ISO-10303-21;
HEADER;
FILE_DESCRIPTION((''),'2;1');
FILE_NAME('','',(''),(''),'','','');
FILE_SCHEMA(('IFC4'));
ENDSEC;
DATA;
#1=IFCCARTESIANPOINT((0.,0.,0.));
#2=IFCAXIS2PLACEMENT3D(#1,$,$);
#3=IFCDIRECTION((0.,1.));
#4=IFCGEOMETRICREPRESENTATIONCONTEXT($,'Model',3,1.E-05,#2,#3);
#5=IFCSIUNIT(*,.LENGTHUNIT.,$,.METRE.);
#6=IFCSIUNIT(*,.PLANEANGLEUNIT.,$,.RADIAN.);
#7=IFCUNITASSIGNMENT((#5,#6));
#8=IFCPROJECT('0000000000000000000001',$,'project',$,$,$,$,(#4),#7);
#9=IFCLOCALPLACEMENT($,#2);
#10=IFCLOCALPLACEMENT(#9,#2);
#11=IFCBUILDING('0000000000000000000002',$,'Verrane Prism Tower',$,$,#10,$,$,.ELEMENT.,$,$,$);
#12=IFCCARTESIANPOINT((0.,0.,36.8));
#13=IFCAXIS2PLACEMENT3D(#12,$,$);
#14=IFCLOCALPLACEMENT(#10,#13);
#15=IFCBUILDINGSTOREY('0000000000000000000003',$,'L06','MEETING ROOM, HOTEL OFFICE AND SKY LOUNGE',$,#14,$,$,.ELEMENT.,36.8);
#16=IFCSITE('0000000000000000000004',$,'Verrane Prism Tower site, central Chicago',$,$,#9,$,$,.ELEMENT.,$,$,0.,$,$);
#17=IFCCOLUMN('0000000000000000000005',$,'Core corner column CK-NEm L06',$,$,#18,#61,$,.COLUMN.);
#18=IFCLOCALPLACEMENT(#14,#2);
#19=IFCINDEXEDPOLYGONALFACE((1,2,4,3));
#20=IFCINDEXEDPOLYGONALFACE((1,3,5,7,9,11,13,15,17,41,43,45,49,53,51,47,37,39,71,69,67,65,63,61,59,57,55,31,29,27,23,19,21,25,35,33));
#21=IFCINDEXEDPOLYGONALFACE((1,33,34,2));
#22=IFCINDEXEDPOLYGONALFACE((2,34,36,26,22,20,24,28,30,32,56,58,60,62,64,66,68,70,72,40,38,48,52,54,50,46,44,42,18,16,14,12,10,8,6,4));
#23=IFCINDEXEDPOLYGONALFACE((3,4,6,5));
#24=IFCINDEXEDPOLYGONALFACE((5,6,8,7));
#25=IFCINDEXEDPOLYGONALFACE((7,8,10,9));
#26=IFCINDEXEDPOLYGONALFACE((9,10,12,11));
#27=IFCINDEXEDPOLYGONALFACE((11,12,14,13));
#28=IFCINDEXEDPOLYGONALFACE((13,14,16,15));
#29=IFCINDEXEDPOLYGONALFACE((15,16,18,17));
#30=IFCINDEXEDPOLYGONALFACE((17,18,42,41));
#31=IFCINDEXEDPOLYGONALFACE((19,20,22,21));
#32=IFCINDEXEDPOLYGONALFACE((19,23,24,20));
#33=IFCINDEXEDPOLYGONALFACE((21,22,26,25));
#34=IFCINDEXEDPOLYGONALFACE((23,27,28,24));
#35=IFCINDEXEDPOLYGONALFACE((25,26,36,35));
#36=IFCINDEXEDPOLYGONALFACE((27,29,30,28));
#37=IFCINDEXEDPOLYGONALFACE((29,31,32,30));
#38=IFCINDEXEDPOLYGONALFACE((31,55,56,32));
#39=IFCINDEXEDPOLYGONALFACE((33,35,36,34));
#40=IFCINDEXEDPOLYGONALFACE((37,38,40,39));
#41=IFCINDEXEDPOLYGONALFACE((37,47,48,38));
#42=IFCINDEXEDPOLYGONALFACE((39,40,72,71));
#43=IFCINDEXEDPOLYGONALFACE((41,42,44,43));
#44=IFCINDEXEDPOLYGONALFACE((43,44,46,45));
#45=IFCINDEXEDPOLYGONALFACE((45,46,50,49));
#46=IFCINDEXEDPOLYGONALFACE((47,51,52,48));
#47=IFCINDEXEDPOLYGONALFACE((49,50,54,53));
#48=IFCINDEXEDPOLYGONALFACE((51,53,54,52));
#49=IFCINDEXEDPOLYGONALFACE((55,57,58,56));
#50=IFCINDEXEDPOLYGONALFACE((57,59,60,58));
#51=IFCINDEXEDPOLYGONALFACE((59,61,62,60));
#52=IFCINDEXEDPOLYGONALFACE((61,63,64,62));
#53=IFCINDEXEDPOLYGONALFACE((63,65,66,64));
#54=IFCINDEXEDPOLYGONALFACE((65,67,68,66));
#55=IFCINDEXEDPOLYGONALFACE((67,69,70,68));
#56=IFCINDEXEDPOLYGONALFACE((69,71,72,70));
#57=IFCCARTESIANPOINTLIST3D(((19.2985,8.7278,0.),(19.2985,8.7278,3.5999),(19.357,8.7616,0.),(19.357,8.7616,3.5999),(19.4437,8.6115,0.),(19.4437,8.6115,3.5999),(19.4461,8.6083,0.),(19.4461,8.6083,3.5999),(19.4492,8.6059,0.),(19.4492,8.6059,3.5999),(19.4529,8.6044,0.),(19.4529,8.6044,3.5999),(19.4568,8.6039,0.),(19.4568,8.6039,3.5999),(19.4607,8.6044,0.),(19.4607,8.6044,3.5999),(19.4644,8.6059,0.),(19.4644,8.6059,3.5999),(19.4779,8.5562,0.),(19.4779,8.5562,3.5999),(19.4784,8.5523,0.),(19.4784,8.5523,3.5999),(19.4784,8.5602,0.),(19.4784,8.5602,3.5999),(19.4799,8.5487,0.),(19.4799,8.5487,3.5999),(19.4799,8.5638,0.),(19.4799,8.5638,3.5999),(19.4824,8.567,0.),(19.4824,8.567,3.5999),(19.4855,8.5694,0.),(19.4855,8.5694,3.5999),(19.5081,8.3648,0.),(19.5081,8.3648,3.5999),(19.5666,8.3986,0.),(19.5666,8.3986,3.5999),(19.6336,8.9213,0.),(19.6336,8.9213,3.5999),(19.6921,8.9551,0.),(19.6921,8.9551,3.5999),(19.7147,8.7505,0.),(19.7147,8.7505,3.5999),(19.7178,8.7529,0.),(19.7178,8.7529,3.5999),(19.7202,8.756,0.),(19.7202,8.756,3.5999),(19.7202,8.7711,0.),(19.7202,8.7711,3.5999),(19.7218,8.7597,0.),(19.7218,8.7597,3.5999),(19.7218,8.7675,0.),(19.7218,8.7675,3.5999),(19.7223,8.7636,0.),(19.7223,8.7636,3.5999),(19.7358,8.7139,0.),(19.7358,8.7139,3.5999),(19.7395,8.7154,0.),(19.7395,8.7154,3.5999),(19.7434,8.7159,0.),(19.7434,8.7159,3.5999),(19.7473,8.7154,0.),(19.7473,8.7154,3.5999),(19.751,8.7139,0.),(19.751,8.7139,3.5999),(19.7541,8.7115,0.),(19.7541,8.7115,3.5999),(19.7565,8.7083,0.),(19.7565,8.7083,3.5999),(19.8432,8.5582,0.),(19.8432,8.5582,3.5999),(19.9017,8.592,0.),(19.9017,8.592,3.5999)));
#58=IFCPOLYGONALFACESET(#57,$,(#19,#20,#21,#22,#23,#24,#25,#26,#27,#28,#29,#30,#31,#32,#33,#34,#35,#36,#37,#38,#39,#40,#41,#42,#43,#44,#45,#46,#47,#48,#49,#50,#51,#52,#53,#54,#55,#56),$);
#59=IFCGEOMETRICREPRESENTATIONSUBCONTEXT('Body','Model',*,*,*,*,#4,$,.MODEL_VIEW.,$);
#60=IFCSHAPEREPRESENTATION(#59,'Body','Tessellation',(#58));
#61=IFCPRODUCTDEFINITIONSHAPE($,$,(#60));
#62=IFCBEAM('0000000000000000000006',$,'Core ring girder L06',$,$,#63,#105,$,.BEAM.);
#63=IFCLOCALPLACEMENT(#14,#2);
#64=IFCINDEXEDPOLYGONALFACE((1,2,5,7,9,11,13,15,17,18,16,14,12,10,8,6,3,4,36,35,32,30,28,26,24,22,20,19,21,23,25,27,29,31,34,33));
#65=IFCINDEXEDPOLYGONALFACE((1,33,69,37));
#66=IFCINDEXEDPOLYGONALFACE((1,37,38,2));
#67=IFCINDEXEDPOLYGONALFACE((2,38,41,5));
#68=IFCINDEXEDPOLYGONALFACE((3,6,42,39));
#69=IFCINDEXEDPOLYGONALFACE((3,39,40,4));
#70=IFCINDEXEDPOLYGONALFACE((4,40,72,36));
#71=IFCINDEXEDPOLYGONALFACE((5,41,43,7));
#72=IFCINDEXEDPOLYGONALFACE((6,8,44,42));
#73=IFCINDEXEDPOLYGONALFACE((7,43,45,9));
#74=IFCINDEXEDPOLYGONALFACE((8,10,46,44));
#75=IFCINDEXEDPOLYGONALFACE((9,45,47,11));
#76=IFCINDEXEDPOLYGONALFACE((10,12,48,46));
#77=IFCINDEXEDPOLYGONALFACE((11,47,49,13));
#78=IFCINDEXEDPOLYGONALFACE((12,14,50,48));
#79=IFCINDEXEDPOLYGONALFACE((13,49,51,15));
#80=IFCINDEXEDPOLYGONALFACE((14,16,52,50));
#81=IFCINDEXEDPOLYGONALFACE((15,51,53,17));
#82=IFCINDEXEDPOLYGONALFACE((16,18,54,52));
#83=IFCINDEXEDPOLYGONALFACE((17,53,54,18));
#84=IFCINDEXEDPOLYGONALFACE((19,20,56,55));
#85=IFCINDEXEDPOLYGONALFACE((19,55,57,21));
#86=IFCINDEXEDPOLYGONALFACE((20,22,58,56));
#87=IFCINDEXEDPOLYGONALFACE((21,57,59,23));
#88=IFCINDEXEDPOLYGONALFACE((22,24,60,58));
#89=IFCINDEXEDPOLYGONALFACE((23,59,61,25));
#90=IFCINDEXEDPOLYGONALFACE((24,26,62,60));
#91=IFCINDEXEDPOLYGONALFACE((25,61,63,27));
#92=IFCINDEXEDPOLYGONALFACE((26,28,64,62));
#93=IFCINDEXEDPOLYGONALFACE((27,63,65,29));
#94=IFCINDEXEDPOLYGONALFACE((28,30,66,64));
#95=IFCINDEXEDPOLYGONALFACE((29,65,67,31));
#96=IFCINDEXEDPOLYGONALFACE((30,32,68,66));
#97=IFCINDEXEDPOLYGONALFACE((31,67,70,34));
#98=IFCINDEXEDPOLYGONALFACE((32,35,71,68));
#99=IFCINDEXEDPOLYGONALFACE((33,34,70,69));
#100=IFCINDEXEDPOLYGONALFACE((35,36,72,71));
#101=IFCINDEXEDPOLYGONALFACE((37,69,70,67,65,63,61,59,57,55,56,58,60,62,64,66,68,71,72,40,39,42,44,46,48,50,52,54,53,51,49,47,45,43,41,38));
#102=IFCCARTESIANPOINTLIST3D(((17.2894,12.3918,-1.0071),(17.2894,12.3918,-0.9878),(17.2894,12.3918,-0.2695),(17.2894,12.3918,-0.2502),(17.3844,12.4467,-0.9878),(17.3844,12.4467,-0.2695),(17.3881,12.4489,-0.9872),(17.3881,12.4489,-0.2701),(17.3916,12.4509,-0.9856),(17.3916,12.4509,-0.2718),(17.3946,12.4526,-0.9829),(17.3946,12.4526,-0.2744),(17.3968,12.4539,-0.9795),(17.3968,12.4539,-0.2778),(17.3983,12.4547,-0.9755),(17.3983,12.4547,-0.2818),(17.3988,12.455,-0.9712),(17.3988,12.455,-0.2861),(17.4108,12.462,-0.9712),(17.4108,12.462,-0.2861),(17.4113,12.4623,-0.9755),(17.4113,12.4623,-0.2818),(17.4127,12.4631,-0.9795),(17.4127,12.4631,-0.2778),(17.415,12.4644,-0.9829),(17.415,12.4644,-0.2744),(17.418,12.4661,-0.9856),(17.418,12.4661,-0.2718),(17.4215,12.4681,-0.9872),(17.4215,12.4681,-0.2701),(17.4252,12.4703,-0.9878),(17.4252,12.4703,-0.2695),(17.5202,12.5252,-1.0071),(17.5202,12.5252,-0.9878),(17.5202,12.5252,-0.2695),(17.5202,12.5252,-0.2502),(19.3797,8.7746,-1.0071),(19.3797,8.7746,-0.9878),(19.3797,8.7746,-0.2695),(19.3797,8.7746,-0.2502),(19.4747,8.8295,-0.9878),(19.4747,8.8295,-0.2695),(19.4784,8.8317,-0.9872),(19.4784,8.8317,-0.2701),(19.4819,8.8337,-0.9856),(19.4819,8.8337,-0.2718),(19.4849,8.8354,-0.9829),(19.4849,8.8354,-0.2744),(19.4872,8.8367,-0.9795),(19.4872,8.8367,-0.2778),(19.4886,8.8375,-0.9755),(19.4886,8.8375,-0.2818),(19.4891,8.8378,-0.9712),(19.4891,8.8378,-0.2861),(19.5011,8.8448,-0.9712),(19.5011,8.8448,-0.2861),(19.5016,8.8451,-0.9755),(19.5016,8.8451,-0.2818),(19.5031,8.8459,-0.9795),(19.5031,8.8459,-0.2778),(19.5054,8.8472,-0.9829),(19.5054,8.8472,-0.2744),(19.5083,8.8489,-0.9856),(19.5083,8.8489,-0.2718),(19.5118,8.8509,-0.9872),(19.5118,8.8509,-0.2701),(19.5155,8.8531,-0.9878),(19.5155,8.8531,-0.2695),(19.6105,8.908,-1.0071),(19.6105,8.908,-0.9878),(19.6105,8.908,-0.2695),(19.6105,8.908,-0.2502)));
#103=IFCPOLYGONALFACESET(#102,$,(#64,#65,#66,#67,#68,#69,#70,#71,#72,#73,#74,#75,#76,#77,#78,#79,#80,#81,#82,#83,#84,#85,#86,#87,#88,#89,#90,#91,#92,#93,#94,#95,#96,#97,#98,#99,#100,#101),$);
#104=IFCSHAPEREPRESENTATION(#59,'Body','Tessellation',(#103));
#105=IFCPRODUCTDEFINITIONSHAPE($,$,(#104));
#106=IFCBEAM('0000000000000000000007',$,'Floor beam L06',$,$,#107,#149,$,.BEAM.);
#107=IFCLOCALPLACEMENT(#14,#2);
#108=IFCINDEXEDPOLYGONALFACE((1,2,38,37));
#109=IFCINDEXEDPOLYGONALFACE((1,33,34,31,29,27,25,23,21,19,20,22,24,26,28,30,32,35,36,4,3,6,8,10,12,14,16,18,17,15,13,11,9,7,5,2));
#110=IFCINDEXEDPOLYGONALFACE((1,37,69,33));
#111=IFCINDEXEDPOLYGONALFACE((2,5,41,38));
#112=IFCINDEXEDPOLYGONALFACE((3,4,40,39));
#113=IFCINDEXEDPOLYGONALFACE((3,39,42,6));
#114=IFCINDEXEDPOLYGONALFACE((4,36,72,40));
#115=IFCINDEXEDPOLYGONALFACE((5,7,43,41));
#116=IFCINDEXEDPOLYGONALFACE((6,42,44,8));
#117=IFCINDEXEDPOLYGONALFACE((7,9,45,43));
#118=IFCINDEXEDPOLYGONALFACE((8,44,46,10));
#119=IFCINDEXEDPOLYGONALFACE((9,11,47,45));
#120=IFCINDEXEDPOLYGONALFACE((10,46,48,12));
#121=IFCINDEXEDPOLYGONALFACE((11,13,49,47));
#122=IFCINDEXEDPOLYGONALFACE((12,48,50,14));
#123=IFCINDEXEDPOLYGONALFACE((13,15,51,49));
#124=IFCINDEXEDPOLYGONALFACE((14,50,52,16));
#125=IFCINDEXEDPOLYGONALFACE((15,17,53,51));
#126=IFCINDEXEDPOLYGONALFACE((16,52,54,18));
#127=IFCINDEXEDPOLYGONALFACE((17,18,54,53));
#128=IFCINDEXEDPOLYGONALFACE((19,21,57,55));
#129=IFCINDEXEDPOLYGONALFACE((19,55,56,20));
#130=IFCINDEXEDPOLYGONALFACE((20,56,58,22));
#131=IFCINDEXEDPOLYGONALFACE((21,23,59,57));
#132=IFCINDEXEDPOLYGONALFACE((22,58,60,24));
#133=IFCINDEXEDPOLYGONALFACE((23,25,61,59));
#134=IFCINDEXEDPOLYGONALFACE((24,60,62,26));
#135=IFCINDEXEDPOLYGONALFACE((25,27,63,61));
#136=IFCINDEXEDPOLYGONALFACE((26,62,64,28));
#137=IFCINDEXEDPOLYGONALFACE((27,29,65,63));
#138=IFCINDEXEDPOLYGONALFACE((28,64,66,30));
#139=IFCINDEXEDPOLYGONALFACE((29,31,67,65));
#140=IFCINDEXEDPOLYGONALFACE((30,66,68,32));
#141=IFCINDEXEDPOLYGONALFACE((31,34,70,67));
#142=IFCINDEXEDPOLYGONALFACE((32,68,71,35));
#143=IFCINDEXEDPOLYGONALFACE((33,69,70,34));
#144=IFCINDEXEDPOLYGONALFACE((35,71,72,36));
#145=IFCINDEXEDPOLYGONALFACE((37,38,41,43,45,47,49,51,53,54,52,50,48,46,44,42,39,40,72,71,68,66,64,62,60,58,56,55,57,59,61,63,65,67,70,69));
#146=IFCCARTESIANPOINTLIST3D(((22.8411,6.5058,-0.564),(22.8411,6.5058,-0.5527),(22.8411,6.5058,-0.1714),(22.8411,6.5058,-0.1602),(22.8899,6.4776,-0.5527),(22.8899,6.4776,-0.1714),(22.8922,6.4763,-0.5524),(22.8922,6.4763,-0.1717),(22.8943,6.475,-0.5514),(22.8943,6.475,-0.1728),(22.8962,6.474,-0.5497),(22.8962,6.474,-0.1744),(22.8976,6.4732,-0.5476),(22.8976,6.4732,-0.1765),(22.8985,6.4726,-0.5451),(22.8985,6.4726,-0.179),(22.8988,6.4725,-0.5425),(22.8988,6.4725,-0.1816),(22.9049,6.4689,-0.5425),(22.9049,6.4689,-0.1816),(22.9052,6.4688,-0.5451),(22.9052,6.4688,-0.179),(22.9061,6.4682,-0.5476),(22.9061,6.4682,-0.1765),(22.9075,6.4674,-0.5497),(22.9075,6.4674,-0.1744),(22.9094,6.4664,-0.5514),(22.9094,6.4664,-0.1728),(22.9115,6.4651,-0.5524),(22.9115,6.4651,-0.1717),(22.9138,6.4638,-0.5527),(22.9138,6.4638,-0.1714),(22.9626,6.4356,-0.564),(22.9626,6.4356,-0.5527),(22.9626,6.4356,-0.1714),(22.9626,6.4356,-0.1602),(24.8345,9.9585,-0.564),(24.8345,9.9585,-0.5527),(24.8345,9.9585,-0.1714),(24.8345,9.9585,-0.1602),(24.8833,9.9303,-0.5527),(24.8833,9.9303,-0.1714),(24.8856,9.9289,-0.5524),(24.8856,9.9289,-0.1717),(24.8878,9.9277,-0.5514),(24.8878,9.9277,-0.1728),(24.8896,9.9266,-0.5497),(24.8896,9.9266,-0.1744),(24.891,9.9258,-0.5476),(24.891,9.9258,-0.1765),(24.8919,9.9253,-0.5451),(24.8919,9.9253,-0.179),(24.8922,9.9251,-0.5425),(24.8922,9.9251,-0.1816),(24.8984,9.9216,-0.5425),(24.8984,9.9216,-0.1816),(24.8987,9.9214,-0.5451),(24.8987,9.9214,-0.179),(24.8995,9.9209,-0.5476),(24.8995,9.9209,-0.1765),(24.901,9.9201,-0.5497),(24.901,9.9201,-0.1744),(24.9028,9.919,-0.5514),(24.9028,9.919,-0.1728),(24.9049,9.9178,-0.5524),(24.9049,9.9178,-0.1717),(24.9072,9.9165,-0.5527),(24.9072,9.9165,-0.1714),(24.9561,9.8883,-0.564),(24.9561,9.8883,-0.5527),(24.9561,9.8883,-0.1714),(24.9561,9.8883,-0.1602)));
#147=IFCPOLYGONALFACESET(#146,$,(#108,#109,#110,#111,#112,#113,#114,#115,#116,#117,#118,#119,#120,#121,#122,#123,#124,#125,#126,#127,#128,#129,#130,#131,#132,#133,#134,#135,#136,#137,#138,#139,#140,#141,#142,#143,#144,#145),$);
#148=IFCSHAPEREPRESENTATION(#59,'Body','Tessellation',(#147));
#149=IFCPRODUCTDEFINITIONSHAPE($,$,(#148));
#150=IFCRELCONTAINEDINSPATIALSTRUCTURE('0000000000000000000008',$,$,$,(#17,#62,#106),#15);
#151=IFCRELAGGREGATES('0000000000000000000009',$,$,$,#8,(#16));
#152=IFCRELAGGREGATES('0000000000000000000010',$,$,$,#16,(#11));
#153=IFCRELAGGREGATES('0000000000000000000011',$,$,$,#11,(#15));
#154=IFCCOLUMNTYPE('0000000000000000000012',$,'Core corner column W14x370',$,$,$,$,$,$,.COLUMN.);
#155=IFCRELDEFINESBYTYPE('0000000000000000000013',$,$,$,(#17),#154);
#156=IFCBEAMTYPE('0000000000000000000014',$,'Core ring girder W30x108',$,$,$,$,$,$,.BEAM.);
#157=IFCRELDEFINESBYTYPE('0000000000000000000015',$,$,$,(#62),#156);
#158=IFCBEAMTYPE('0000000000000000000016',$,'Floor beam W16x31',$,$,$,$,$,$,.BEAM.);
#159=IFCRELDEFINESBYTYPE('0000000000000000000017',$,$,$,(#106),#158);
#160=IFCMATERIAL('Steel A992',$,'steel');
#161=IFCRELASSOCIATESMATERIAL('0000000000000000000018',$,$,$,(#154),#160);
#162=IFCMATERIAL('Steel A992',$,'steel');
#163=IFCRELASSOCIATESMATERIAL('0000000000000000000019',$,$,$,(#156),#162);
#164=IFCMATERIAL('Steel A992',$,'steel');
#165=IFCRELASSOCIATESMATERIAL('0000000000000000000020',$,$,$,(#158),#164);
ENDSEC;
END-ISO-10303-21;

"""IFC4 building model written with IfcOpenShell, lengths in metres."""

from ifc_helpers import new_model, si_unit, direction, frame, origin, origin_2d, place, context, subcontext, project, spatial, i_section, extrude, material, material_profile, profile_set, type_object, element, save


model = new_model("IFC4")

# Units and contexts
model_context = context("Model", 3, precision=1e-05, world=origin(), true_north=direction((0.0, 1.0)))
body_context = subcontext(model_context, "Body", "Model", "MODEL_VIEW")
ifc_project = project(units=[si_unit("LENGTHUNIT", "METRE"), si_unit("PLANEANGLEUNIT", "RADIAN")], contexts=[model_context])

# Site, building, storey
site_placement = place(None, origin())
site = spatial("IfcSite", under=ifc_project, at=site_placement, Name="Verrane Prism Tower site, central Chicago", CompositionType="ELEMENT", RefElevation=0.0)
building_placement = place(site_placement, origin())
building = spatial("IfcBuilding", under=site, at=building_placement, Name="Verrane Prism Tower", CompositionType="ELEMENT")
storey_placement = place(building_placement, frame((0.0, 0.0, 36.8)))
storey = spatial("IfcBuildingStorey", under=building, at=storey_placement, Name="L06", Description="MEETING ROOM, HOTEL OFFICE AND SKY LOUNGE", CompositionType="ELEMENT", Elevation=36.8)

# Column
ifc_material_1 = material(Name="Steel A992", Category="steel")
ifc_material_profile_1 = material_profile(ifc_material_1, i_section(OverallWidth=0.4192, OverallDepth=0.4546, WebThickness=0.0422, FlangeThickness=0.0676, FilletRadius=0.0151, at=origin_2d()), Name="W14x370")
ifc_profile_set_1 = profile_set([ifc_material_profile_1], Name="Steel A992")
column_type = type_object("IfcColumnType", Name="Core corner column W14x370", PredefinedType="COLUMN", material=ifc_profile_set_1)
column_placement = place(storey_placement, frame((19.6001, 8.6599, 0.0), z_axis=(0.0, 0.0, 1.0), x_axis=(0.5, -0.866025, 0.0)))
element("IfcColumn", 1, at=column_placement, inside=storey, type_object=column_type, Name="Core corner column CK-NEm L06", PredefinedType="COLUMN", context=body_context, shape_type="SweptSolid", body=[
    extrude(i_section(OverallWidth=0.4192, OverallDepth=0.4546, WebThickness=0.0422, FlangeThickness=0.0676, FilletRadius=0.0151, at=origin_2d()), origin(), (0.0, 0.0, 1.0), 3.5999),
])

# Beams
ifc_material_2 = material(Name="Steel A992", Category="steel")
ifc_material_profile_2 = material_profile(ifc_material_2, i_section(OverallWidth=0.2666, OverallDepth=0.7568, WebThickness=0.0139, FlangeThickness=0.0193, FilletRadius=0.0166, at=origin_2d()), Name="W30x108")
ifc_profile_set_2 = profile_set([ifc_material_profile_2], Name="Steel A992")
beam_type_1 = type_object("IfcBeamType", Name="Core ring girder W30x108", PredefinedType="BEAM", material=ifc_profile_set_2)
beam_1_placement = place(storey_placement, frame((19.4951, 8.8413, -0.6287), z_axis=(-0.50035, 0.865823, 0.0), x_axis=(-0.865823, -0.50035, 0.0)))
element("IfcBeam", 2, at=beam_1_placement, inside=storey, type_object=beam_type_1, Name="Core ring girder L06", PredefinedType="BEAM", context=body_context, shape_type="SweptSolid", body=[
    extrude(i_section(OverallWidth=0.2666, OverallDepth=0.7568, WebThickness=0.0139, FlangeThickness=0.0193, FilletRadius=0.0166, at=origin_2d()), origin(), (0.0, 0.0, 1.0), 4.1777),
])
ifc_material_3 = material(Name="Steel A992", Category="steel")
ifc_material_profile_3 = material_profile(ifc_material_3, i_section(OverallWidth=0.1404, OverallDepth=0.4038, WebThickness=0.0071, FlangeThickness=0.0112, FilletRadius=0.0103, at=origin_2d()), Name="W16x31")
ifc_profile_set_3 = profile_set([ifc_material_profile_3], Name="Steel A992")
beam_type_2 = type_object("IfcBeamType", Name="Floor beam W16x31", PredefinedType="BEAM", material=ifc_profile_set_3)
beam_2_placement = place(storey_placement, frame((22.9019, 6.4707, -0.3621), z_axis=(0.500005, 0.866022, 0.0), x_axis=(-0.866022, 0.500005, 0.0)))
element("IfcBeam", 3, at=beam_2_placement, inside=storey, type_object=beam_type_2, Name="Floor beam L06", PredefinedType="BEAM", context=body_context, shape_type="SweptSolid", body=[
    extrude(i_section(OverallWidth=0.1404, OverallDepth=0.4038, WebThickness=0.0071, FlangeThickness=0.0112, FilletRadius=0.0103, at=origin_2d()), origin(), (0.0, 0.0, 1.0), 3.9868),
])

save(model, "model.ifc")
